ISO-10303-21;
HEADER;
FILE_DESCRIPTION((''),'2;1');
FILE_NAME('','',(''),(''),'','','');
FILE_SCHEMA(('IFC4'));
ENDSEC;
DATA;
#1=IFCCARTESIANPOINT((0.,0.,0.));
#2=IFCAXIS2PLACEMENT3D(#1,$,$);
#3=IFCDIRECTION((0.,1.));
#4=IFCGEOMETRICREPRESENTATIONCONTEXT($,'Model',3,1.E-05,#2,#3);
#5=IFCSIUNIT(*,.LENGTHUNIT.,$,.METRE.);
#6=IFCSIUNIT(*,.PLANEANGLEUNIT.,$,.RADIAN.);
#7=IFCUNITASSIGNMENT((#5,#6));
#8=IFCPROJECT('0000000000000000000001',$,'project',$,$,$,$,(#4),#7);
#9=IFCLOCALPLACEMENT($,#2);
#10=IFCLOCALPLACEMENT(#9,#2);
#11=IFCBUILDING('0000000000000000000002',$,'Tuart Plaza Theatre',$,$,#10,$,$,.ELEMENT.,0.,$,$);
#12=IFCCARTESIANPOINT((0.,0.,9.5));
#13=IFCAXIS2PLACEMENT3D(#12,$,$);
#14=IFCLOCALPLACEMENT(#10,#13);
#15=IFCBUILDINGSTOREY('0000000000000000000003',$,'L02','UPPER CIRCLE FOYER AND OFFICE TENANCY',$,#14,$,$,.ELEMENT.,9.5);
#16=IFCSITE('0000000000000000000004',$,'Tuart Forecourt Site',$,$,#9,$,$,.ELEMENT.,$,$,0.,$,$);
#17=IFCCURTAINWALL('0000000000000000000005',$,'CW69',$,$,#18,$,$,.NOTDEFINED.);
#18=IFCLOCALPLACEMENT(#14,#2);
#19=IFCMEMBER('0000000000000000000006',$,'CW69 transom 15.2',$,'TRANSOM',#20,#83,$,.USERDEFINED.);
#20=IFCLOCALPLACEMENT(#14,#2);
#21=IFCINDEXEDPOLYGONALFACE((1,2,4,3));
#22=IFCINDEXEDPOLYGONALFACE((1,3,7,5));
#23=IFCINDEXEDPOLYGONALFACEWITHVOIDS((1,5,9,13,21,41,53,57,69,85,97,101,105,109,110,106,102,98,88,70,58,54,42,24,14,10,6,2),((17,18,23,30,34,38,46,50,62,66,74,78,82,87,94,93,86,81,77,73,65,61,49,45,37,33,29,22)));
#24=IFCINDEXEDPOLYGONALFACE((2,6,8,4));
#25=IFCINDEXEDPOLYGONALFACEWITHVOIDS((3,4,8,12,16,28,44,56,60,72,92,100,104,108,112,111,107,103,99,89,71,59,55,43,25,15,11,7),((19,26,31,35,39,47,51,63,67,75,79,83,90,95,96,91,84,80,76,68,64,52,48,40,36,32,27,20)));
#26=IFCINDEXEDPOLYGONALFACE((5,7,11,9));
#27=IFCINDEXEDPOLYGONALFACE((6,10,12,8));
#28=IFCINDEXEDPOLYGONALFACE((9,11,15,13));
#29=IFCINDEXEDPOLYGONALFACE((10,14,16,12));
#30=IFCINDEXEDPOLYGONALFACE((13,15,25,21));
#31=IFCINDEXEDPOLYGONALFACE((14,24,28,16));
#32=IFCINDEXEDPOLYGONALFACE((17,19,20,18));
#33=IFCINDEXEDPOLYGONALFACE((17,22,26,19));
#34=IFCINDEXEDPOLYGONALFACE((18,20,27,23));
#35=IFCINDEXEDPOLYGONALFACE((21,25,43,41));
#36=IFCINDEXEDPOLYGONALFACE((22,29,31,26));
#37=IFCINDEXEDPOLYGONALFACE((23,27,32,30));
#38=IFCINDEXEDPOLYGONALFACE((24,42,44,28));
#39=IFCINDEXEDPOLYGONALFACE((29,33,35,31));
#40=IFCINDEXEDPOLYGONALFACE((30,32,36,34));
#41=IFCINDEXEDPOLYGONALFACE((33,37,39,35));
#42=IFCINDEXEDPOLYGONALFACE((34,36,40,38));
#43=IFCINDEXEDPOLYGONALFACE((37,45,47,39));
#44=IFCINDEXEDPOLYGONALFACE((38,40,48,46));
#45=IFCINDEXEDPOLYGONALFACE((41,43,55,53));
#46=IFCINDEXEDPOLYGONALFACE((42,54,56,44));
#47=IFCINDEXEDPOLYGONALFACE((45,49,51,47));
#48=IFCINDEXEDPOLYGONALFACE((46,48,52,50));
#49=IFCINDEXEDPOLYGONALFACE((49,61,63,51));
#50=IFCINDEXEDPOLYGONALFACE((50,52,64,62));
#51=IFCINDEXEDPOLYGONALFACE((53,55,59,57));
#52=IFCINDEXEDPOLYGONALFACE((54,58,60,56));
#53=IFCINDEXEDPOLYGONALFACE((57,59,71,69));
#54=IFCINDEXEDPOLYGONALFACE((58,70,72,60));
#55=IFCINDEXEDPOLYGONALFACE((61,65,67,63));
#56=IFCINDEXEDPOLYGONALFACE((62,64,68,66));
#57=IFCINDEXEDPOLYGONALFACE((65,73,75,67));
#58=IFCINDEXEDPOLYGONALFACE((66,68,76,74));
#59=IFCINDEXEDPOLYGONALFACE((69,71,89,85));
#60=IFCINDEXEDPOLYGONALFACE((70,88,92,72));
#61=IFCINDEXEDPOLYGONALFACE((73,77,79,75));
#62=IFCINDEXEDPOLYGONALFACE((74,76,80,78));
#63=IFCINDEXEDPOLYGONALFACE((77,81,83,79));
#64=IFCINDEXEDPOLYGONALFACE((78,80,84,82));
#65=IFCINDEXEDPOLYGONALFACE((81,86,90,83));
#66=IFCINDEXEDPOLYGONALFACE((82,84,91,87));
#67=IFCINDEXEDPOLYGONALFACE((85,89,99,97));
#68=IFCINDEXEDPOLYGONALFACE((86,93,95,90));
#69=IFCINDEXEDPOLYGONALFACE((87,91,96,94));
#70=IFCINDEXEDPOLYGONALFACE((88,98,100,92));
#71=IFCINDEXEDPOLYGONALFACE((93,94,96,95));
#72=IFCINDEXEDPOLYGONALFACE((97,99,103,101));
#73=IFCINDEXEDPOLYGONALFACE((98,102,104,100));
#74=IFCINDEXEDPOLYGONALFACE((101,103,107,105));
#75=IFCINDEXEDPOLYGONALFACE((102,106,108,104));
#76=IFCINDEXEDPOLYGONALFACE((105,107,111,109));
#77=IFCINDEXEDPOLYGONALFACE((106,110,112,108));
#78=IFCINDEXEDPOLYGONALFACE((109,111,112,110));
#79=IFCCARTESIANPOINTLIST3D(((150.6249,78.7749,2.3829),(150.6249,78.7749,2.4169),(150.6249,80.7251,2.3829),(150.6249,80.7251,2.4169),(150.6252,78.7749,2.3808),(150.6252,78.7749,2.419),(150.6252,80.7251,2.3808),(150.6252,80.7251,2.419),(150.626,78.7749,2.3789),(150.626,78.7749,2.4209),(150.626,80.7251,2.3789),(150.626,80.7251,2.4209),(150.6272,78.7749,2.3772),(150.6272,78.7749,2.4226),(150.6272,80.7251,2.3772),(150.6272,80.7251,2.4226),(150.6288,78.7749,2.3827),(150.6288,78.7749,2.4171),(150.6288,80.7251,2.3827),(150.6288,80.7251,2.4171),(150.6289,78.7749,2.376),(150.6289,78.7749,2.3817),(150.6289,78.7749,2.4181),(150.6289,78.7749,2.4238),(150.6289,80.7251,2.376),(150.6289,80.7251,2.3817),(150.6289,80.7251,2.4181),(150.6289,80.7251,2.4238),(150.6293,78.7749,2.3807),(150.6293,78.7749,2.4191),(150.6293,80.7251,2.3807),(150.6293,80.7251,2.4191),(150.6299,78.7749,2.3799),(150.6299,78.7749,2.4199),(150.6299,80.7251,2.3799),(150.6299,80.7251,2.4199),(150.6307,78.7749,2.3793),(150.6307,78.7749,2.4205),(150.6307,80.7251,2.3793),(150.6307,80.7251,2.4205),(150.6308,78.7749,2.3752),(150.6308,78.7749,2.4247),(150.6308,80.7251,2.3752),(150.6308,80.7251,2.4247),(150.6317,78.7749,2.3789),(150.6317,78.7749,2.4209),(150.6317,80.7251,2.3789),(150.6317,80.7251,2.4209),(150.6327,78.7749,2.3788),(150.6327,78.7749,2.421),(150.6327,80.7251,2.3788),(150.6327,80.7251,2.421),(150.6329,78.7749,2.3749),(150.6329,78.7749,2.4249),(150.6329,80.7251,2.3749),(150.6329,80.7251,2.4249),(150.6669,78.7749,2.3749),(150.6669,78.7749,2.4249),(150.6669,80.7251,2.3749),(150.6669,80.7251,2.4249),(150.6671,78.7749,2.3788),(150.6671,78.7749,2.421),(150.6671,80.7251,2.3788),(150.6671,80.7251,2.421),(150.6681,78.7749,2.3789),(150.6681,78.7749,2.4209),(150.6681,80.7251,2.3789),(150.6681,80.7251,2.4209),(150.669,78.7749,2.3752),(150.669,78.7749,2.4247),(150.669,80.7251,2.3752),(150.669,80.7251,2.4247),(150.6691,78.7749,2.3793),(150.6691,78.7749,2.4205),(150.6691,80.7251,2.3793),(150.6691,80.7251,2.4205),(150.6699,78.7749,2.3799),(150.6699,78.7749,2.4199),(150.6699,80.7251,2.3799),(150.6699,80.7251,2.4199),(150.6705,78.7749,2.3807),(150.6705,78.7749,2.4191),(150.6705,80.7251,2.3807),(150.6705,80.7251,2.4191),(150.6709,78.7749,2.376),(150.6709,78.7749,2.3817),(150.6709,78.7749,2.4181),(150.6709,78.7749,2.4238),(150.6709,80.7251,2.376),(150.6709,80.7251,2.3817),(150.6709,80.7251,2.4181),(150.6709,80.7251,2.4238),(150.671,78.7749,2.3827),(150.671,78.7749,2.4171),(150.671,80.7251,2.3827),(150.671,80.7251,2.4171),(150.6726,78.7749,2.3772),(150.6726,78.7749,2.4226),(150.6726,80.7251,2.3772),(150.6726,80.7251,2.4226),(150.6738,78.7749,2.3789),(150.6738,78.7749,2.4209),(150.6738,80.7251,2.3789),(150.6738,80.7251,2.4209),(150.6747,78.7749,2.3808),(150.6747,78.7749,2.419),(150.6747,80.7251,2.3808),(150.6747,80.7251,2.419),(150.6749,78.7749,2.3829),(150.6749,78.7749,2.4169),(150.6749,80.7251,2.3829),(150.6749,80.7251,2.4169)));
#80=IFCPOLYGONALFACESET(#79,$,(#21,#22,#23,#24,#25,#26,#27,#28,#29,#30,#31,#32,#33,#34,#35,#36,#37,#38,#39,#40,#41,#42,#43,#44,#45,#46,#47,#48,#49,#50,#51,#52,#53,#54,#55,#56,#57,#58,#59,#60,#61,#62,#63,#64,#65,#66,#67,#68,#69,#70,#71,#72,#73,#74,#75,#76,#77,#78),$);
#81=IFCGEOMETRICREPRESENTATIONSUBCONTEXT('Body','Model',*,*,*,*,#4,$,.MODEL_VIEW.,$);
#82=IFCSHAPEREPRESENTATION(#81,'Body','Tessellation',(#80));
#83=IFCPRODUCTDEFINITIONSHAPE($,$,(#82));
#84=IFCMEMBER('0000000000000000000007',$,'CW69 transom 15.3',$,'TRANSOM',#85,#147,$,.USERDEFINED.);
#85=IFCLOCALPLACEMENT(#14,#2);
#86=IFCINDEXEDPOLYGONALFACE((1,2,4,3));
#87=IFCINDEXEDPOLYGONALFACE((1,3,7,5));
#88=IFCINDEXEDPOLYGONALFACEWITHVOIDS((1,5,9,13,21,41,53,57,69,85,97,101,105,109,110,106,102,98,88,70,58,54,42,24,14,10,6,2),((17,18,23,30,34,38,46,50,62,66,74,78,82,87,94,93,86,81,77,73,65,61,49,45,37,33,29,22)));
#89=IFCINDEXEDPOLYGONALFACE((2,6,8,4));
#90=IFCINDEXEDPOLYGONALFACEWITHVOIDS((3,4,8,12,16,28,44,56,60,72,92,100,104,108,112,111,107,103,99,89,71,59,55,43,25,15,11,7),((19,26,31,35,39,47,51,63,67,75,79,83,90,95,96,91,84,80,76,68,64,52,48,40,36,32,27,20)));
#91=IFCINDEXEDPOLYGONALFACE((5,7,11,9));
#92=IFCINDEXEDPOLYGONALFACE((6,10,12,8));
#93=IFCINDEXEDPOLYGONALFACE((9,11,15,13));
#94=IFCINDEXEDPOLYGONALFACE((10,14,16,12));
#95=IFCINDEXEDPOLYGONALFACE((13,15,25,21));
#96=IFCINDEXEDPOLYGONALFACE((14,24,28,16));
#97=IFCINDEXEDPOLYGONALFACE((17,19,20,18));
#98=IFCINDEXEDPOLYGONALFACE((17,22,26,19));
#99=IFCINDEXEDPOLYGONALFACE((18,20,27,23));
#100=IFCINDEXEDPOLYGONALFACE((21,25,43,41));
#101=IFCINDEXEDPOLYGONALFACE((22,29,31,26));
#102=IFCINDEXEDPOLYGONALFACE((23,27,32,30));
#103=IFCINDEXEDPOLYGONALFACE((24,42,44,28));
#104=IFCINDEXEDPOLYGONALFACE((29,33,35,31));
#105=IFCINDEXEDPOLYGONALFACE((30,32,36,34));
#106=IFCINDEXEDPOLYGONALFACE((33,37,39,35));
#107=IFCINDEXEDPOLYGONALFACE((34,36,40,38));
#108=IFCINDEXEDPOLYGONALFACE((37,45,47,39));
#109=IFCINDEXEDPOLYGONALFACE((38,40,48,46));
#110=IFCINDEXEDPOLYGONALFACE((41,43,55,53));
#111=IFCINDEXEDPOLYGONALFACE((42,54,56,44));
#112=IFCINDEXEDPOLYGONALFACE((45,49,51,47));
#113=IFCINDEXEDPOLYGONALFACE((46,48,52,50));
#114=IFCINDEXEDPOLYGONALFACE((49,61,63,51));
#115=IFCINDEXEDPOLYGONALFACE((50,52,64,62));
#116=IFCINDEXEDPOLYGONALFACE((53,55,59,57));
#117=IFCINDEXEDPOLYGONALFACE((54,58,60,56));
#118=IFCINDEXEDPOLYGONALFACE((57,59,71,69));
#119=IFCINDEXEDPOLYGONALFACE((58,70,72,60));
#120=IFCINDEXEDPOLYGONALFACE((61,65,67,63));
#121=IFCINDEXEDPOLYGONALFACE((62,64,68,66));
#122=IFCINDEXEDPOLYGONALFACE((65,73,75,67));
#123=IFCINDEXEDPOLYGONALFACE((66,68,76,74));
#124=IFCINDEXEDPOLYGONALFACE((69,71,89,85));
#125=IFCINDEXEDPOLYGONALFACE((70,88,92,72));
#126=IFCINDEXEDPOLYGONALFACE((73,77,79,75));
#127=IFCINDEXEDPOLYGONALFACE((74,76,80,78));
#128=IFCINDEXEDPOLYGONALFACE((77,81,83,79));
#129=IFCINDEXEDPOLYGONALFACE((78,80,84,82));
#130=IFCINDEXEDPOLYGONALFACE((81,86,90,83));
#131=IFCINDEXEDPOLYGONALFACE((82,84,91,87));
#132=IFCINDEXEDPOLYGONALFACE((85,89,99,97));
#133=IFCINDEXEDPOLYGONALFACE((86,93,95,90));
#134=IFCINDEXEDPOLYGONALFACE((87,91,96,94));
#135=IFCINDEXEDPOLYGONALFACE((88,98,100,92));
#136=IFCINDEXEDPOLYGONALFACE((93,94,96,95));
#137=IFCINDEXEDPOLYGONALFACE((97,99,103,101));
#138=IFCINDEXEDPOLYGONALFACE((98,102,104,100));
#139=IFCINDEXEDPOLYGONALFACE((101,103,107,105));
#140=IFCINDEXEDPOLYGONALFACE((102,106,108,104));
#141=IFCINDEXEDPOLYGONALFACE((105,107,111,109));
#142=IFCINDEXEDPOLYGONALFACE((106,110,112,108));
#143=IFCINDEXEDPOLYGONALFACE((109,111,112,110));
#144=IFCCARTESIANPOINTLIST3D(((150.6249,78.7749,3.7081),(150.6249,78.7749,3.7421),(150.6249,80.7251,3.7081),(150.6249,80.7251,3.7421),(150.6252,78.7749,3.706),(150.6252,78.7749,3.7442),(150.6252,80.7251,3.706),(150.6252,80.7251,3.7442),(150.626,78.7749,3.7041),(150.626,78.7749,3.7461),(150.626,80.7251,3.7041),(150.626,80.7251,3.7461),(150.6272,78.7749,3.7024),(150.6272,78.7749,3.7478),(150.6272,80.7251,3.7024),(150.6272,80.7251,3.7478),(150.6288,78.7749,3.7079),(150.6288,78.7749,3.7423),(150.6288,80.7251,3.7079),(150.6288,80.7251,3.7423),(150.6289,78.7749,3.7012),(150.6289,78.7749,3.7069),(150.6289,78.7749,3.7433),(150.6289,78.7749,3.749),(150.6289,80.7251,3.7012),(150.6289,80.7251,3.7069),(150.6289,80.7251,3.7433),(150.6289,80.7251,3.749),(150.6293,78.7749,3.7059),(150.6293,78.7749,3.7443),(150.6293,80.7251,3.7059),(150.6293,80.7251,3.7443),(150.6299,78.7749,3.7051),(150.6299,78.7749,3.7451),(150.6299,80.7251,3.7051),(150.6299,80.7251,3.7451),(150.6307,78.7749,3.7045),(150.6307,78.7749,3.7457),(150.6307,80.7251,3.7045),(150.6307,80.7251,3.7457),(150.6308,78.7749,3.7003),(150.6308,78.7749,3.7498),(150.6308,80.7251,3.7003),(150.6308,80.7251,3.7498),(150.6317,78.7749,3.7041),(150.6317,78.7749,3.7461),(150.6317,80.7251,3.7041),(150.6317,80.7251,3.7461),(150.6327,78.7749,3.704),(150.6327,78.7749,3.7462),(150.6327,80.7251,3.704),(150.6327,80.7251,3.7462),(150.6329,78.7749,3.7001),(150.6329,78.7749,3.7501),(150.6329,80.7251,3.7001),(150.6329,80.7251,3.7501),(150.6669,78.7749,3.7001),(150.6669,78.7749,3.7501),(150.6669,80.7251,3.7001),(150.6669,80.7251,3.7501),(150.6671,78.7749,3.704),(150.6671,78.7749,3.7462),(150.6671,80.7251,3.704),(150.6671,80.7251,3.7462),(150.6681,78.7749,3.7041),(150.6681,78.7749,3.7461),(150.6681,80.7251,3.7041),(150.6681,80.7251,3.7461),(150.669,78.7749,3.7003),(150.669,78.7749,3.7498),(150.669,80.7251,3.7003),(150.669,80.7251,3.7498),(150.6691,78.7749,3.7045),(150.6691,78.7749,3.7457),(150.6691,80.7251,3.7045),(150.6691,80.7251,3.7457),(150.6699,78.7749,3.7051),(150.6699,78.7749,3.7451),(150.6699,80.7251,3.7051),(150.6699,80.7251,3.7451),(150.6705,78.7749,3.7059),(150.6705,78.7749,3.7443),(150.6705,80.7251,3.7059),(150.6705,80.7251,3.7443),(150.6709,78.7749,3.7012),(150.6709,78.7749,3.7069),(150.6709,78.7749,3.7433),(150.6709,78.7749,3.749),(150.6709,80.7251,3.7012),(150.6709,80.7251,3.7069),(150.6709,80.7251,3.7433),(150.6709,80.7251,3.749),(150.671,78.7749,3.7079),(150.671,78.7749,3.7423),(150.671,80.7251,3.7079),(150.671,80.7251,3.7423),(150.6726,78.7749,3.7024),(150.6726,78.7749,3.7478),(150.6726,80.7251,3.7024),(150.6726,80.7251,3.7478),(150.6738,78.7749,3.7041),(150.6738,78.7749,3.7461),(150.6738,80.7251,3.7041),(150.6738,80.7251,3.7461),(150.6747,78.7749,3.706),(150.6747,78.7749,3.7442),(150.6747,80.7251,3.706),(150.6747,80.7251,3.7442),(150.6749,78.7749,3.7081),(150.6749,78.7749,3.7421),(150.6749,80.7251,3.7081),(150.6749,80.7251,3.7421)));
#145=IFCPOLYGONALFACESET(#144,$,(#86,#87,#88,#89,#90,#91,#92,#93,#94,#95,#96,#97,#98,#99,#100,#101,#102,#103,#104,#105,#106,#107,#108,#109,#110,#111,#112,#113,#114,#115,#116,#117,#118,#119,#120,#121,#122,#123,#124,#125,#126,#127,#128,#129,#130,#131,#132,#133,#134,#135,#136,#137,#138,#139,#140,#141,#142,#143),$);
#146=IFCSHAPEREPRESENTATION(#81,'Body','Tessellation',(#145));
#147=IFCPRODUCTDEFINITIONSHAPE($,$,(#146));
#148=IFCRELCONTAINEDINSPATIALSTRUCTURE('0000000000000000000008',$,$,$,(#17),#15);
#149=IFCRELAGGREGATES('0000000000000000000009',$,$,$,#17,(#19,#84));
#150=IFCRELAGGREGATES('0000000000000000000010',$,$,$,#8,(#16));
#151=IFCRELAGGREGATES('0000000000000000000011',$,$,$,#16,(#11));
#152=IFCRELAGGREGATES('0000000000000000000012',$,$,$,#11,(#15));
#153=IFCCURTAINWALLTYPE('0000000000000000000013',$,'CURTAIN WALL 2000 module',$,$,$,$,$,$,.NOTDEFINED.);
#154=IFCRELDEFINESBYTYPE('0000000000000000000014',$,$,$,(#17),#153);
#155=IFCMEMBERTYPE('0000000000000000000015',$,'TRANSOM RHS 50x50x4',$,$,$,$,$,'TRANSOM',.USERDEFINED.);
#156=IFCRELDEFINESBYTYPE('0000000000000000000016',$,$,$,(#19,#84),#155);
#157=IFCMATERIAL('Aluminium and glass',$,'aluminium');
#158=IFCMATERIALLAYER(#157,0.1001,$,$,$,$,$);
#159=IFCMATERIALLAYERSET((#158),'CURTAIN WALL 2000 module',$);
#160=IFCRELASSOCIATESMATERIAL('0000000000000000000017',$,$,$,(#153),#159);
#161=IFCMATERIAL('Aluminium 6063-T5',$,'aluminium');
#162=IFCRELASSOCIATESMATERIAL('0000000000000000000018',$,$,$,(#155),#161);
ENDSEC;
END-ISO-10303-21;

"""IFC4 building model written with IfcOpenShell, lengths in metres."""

from ifc_helpers import new_model, si_unit, direction, frame, origin, origin_2d, place, context, subcontext, project, spatial, hollow_rectangle, extrude, material, layer, layer_set, material_profile, profile_set, type_object, element, aggregate, save


model = new_model("IFC4")

# Units and contexts
model_context = context("Model", 3, precision=1e-05, world=origin(), true_north=direction((0.0, 1.0)))
body_context = subcontext(model_context, "Body", "Model", "MODEL_VIEW")
ifc_project = project(units=[si_unit("LENGTHUNIT", "METRE"), si_unit("PLANEANGLEUNIT", "RADIAN")], contexts=[model_context])

# Site, building, storey
site_placement = place(None, origin())
site = spatial("IfcSite", under=ifc_project, at=site_placement, Name="Tuart Forecourt Site", CompositionType="ELEMENT", RefElevation=0.0)
building_placement = place(site_placement, origin())
building = spatial("IfcBuilding", under=site, at=building_placement, Name="Tuart Plaza Theatre", CompositionType="ELEMENT", ElevationOfRefHeight=0.0)
storey_placement = place(building_placement, frame((0.0, 0.0, 9.5)))
storey = spatial("IfcBuildingStorey", under=building, at=storey_placement, Name="L02", Description="UPPER CIRCLE FOYER AND OFFICE TENANCY", CompositionType="ELEMENT", Elevation=9.5)

# Curtain wall, members
ifc_material_1 = material(Name="Aluminium and glass", Category="aluminium")
ifc_layer_1 = layer(ifc_material_1, 0.1001)
ifc_layer_set_1 = layer_set([ifc_layer_1], Name="CURTAIN WALL 2000 module")
curtain_wall_type = type_object("IfcCurtainWallType", Name="CURTAIN WALL 2000 module", PredefinedType="NOTDEFINED", material=ifc_layer_set_1)
curtain_wall_placement = place(storey_placement, origin())
curtain_wall = element("IfcCurtainWall", 1, at=curtain_wall_placement, inside=storey, type_object=curtain_wall_type, Name="CW69", PredefinedType="NOTDEFINED")
ifc_material_2 = material(Name="Aluminium 6063-T5", Category="aluminium")
ifc_material_profile_1 = material_profile(ifc_material_2, hollow_rectangle(XDim=0.05, YDim=0.05, WallThickness=0.0039, InnerFilletRadius=0.0039, OuterFilletRadius=0.0081, at=origin_2d()), Name="RHS 50x50x4")
ifc_profile_set_1 = profile_set([ifc_material_profile_1], Name="Aluminium 6063-T5")
member_type_1 = type_object("IfcMemberType", Name="TRANSOM RHS 50x50x4", ElementType="TRANSOM", PredefinedType="USERDEFINED", material=ifc_profile_set_1)
member_1_placement = place(storey_placement, frame((150.6499, 78.7749, 2.3999), z_axis=(0.0, 1.0, 0.0), x_axis=(-1.0, 0.0, 0.0)))
member_1 = element("IfcMember", 2, at=member_1_placement, type_object=member_type_1, Name="CW69 transom 15.2", ObjectType="TRANSOM", PredefinedType="USERDEFINED", context=body_context, shape_type="SweptSolid", body=[
    extrude(hollow_rectangle(XDim=0.05, YDim=0.05, WallThickness=0.0039, InnerFilletRadius=0.0039, OuterFilletRadius=0.0081, at=origin_2d()), origin(), (0.0, 0.0, 1.0), 1.9502),
])
member_2_placement = place(storey_placement, frame((150.6499, 78.7749, 3.7251), z_axis=(0.0, 1.0, 0.0), x_axis=(-1.0, 0.0, 0.0)))
member_2 = element("IfcMember", 3, at=member_2_placement, type_object=member_type_1, Name="CW69 transom 15.3", ObjectType="TRANSOM", PredefinedType="USERDEFINED", context=body_context, shape_type="SweptSolid", body=[
    extrude(hollow_rectangle(XDim=0.05, YDim=0.05, WallThickness=0.0039, InnerFilletRadius=0.0039, OuterFilletRadius=0.0081, at=origin_2d()), origin(), (0.0, 0.0, 1.0), 1.9502),
])
aggregate(curtain_wall, [member_1, member_2])

save(model, "model.ifc")
